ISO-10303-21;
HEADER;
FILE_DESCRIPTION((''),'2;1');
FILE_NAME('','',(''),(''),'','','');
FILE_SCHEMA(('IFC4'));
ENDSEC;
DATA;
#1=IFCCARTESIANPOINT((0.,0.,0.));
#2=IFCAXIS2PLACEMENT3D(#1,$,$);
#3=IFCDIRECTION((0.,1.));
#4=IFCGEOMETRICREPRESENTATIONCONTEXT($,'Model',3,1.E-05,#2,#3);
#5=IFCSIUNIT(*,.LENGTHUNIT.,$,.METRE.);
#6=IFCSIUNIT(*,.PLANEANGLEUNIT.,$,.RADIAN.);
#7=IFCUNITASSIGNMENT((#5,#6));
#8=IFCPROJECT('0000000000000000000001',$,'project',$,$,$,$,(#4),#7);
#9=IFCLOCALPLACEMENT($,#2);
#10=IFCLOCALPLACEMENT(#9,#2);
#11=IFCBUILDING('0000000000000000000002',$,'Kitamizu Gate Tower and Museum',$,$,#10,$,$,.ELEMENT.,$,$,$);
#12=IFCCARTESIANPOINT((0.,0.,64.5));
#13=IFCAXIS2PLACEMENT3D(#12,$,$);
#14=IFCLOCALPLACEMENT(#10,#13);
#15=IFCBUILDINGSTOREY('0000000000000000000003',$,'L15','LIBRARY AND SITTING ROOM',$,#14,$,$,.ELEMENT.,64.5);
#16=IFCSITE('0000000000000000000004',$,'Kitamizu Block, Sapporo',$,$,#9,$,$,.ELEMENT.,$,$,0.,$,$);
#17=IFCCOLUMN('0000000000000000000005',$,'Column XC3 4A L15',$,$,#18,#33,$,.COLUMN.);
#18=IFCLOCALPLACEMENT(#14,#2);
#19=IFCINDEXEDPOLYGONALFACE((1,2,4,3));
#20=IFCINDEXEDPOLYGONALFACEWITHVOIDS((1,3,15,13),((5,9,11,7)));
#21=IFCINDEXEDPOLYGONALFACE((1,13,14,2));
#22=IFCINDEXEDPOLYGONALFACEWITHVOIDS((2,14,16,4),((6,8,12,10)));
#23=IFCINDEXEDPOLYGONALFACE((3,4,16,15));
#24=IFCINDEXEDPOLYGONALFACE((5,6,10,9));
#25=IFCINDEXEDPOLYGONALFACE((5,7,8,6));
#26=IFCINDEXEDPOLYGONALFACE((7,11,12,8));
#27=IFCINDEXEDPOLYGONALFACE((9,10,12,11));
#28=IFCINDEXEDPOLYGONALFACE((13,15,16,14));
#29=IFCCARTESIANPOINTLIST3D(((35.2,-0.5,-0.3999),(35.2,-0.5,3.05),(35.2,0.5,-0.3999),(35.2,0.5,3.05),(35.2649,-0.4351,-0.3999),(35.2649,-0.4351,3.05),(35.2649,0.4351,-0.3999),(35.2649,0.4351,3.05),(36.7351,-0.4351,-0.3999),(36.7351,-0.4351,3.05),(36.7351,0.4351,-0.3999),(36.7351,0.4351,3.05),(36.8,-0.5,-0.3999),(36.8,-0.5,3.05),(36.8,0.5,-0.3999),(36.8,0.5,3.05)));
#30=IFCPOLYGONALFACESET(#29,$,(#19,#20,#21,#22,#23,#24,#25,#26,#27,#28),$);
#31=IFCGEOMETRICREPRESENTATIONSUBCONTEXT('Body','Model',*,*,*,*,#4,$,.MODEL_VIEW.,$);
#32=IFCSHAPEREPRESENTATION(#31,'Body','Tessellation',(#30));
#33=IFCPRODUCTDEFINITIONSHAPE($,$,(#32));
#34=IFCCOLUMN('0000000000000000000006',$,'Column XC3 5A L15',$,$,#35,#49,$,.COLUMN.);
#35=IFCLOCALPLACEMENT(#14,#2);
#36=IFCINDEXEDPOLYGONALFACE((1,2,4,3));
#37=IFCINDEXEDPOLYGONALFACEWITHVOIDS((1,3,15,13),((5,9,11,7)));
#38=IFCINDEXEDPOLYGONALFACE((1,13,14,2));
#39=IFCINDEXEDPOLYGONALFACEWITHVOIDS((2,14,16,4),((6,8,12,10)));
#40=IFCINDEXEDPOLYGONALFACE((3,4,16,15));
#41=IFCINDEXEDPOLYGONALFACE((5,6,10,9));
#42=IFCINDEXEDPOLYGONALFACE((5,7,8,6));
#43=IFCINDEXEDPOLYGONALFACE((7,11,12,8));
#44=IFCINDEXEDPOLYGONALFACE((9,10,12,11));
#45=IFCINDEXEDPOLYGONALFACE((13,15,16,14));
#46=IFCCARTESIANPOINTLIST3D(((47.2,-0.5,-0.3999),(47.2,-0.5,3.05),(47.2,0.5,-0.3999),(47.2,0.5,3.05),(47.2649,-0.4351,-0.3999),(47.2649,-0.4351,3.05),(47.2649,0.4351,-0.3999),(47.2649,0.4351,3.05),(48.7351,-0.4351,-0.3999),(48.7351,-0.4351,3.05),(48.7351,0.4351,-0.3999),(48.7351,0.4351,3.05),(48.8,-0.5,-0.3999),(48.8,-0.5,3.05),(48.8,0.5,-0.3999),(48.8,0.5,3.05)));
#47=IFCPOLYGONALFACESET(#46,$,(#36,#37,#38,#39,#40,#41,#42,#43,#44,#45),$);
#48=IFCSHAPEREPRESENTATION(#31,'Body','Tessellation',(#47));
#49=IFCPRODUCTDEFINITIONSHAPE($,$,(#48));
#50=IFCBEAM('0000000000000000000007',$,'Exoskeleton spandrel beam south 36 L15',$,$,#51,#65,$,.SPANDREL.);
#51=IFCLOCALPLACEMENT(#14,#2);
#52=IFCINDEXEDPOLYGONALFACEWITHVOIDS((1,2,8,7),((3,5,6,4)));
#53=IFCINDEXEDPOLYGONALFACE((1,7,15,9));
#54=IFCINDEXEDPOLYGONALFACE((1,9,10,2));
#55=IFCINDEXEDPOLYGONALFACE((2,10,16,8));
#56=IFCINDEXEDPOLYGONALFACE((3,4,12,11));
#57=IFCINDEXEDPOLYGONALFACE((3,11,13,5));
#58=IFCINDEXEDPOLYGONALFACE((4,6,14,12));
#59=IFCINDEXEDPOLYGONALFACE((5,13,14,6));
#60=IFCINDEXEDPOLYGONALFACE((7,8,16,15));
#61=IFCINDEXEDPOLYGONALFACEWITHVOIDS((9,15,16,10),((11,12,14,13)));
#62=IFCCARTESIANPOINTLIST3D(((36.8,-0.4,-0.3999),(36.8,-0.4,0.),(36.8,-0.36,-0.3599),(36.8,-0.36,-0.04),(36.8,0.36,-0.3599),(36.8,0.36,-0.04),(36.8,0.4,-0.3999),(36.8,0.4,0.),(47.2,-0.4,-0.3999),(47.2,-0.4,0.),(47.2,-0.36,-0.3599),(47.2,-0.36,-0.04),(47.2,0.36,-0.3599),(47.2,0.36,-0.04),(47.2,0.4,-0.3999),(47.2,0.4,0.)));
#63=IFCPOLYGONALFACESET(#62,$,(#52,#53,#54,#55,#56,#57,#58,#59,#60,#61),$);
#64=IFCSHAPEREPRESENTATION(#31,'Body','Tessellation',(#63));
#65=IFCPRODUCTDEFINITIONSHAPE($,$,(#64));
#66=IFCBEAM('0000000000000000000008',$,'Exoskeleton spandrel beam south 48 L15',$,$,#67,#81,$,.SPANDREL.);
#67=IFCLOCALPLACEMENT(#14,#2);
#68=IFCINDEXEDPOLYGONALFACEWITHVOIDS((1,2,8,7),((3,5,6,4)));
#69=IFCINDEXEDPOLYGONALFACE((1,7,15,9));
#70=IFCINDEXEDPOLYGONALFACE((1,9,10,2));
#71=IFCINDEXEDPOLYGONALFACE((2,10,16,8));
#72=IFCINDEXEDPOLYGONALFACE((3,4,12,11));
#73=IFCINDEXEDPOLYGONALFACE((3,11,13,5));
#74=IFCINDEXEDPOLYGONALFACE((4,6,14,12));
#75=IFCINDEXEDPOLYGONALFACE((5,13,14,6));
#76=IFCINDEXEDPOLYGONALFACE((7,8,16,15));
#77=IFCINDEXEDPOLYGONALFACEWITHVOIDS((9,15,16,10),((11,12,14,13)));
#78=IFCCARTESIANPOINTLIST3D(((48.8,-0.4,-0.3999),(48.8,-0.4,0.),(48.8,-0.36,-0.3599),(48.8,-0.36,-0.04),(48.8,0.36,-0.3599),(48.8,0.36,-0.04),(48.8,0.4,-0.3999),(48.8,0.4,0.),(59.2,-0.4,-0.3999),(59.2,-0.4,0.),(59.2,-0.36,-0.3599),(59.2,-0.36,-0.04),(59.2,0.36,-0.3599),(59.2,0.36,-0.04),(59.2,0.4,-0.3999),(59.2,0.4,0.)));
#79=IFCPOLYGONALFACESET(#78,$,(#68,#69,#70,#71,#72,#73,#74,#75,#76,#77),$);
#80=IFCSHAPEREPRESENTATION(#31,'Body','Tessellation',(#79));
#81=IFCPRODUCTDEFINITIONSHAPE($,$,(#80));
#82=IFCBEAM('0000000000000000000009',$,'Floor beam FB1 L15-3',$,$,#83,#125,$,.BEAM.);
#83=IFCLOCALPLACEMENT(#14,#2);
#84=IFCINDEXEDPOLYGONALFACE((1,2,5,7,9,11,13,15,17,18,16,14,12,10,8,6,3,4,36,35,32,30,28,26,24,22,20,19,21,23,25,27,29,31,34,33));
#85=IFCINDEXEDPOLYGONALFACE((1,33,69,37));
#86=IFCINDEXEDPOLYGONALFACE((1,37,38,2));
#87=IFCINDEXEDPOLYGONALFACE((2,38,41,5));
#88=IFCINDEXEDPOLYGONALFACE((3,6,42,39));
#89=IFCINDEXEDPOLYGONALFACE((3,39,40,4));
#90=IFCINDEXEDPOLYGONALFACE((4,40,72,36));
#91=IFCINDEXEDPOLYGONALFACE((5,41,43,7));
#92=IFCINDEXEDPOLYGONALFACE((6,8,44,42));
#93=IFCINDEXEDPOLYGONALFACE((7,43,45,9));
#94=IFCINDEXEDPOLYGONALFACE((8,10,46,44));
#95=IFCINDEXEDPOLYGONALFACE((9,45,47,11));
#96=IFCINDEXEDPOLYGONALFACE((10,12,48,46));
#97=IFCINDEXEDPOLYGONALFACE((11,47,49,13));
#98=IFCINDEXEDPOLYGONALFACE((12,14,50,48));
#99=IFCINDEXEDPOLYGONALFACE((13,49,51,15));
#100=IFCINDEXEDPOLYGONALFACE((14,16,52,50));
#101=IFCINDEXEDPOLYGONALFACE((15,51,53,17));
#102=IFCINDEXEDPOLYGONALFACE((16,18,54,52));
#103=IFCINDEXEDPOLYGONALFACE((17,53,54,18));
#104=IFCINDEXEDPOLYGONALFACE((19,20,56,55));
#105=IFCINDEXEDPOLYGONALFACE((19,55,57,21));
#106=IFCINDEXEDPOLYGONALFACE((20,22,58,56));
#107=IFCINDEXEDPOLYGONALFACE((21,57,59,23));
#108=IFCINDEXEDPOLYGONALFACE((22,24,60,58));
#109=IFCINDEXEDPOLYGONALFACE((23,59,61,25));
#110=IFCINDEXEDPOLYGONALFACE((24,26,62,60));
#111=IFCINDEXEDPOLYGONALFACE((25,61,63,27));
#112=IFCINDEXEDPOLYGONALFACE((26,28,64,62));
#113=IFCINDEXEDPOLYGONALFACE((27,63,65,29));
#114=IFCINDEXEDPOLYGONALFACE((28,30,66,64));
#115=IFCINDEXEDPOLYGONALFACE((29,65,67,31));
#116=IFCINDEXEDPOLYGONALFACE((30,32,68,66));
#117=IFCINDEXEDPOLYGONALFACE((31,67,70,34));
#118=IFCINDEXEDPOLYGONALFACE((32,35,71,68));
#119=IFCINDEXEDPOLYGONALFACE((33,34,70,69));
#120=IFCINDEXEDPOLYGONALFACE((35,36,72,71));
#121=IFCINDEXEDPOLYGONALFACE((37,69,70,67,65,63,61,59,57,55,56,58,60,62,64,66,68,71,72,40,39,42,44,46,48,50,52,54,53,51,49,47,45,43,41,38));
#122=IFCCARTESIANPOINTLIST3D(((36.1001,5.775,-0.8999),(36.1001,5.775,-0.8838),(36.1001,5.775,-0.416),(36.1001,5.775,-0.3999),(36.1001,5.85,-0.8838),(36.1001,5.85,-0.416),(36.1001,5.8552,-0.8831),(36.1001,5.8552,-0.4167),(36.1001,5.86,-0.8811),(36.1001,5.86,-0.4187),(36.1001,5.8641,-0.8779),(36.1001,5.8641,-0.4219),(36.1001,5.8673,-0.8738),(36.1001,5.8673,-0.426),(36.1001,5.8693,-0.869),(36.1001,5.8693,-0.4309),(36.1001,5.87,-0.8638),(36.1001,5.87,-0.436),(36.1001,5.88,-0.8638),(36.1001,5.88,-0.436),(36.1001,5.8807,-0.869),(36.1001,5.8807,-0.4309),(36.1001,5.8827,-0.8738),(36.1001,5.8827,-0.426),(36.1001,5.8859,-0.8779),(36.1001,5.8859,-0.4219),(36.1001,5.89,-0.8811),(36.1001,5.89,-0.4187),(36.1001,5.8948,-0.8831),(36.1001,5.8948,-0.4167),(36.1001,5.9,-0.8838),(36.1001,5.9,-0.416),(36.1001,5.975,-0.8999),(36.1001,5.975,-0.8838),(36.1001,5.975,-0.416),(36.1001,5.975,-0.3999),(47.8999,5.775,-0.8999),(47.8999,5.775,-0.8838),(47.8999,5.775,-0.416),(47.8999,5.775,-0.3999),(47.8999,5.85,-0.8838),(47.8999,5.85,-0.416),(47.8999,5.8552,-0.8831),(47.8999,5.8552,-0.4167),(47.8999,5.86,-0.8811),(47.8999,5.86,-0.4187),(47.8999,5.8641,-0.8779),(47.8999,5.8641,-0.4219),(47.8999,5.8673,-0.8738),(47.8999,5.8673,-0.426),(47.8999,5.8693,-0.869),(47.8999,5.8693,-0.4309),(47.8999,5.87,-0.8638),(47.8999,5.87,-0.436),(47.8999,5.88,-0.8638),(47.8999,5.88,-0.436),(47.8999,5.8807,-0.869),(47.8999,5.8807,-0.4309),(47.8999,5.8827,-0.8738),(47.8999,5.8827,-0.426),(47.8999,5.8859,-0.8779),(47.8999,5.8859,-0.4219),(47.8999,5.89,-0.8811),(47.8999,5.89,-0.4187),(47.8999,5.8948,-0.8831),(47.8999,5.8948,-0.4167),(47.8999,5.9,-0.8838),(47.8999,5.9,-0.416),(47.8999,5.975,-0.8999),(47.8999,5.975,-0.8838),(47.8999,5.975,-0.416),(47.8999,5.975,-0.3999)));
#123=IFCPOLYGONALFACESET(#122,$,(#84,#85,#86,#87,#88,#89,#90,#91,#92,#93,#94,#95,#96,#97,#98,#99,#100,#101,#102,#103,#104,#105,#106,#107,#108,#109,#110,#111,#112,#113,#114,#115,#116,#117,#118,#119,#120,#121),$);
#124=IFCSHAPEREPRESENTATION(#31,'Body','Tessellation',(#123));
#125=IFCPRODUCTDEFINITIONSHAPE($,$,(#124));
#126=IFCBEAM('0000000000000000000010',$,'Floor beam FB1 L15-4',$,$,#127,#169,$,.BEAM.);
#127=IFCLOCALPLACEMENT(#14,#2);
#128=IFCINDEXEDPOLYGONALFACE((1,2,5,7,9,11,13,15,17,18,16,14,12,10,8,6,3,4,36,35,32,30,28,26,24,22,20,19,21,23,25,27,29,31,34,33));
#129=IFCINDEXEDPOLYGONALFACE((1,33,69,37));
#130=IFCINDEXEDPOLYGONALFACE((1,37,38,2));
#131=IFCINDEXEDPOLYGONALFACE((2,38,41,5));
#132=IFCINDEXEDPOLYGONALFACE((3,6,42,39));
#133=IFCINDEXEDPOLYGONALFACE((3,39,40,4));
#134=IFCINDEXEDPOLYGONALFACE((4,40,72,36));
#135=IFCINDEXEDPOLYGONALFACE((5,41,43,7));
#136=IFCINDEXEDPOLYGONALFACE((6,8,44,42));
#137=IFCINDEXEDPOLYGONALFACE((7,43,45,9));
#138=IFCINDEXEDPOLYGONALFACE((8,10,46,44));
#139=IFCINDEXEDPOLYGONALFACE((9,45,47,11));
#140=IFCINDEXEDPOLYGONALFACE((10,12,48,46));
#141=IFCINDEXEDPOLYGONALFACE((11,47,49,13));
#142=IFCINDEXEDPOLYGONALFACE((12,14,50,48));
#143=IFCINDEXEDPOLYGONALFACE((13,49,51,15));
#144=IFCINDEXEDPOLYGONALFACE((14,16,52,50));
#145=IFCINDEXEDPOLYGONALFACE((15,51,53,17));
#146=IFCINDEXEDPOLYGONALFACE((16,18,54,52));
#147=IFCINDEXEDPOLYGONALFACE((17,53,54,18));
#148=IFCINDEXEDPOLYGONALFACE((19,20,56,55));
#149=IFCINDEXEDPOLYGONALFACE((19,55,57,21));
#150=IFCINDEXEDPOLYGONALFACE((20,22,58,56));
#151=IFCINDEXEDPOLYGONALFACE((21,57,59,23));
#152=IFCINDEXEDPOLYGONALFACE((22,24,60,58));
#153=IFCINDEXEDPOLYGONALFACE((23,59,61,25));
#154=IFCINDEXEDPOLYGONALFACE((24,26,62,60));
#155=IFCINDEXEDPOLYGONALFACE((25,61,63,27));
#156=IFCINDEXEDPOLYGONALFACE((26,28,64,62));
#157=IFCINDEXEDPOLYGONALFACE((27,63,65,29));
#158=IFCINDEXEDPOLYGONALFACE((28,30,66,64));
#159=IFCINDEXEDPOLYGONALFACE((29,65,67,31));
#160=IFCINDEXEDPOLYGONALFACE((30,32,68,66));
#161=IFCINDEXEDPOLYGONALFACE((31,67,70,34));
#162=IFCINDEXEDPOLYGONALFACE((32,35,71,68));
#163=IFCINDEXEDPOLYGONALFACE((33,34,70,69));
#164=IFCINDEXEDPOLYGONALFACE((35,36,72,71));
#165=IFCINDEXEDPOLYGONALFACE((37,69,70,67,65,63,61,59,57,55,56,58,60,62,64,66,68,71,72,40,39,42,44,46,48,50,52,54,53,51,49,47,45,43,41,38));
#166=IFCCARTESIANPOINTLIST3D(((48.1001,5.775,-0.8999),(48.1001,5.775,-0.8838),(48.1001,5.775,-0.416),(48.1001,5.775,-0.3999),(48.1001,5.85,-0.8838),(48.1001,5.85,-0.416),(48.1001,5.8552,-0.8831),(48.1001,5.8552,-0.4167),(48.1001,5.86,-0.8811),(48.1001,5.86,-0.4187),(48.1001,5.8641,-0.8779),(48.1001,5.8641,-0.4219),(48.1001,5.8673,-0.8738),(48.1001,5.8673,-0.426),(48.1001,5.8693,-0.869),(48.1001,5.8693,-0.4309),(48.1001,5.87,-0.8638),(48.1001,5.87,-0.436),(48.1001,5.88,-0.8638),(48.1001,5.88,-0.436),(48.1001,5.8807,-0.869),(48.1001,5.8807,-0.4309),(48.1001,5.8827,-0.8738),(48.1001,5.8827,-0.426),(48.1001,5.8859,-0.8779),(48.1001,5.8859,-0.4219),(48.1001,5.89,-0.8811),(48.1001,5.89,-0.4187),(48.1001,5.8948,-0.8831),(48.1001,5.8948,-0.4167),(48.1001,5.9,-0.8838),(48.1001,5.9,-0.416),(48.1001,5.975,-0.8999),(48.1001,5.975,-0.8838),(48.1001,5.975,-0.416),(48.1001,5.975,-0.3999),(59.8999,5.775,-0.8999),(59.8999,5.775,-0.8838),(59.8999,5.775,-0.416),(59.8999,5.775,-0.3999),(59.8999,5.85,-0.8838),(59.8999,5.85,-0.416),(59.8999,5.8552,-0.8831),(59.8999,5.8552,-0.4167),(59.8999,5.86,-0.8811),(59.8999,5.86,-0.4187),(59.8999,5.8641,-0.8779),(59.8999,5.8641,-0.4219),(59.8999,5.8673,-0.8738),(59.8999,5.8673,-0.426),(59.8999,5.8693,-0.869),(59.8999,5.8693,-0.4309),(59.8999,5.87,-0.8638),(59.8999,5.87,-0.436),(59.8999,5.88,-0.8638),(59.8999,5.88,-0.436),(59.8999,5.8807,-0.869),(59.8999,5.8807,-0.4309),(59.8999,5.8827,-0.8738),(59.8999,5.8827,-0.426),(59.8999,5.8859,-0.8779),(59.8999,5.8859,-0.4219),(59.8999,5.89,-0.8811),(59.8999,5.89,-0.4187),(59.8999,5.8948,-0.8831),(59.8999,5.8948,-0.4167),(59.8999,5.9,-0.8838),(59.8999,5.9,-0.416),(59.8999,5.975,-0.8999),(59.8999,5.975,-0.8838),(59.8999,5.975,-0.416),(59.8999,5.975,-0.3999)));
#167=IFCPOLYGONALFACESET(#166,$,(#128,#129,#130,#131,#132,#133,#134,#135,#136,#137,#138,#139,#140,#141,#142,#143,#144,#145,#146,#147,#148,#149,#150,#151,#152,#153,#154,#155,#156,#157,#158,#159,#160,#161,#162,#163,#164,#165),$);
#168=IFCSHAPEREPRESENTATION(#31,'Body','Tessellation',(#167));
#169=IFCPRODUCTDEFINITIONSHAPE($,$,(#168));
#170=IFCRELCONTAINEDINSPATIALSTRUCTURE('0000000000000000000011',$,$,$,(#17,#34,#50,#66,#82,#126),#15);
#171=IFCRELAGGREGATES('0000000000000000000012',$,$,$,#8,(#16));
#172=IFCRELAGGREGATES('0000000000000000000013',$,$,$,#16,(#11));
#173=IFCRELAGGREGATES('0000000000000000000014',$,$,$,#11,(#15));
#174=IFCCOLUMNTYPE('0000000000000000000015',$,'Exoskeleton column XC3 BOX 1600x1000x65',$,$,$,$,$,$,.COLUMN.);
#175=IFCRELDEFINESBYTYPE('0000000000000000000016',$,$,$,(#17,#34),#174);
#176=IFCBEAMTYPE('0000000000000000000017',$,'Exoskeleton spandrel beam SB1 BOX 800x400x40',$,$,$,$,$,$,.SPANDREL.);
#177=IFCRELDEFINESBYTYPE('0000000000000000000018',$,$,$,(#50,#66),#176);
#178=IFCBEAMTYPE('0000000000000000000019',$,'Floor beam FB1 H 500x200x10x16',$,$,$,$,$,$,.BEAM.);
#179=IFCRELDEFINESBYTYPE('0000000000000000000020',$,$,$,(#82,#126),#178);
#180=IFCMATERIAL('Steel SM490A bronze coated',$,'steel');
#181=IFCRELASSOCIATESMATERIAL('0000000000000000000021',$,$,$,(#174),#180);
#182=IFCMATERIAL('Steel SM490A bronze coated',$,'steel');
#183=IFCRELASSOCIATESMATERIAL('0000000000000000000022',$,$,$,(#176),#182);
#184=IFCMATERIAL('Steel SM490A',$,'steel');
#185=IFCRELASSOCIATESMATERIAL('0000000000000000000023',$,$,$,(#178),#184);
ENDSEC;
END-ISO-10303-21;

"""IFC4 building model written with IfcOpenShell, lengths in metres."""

from ifc_helpers import new_model, si_unit, direction, frame, origin, origin_2d, place, context, subcontext, project, spatial, hollow_rectangle, i_section, extrude, material, material_profile, profile_set, type_object, element, save


model = new_model("IFC4")

# Units and contexts
model_context = context("Model", 3, precision=1e-05, world=origin(), true_north=direction((0.0, 1.0)))
body_context = subcontext(model_context, "Body", "Model", "MODEL_VIEW")
ifc_project = project(units=[si_unit("LENGTHUNIT", "METRE"), si_unit("PLANEANGLEUNIT", "RADIAN")], contexts=[model_context])

# Site, building, storey
site_placement = place(None, origin())
site = spatial("IfcSite", under=ifc_project, at=site_placement, Name="Kitamizu Block, Sapporo", CompositionType="ELEMENT", RefElevation=0.0)
building_placement = place(site_placement, origin())
building = spatial("IfcBuilding", under=site, at=building_placement, Name="Kitamizu Gate Tower and Museum", CompositionType="ELEMENT")
storey_placement = place(building_placement, frame((0.0, 0.0, 64.5)))
storey = spatial("IfcBuildingStorey", under=building, at=storey_placement, Name="L15", Description="LIBRARY AND SITTING ROOM", CompositionType="ELEMENT", Elevation=64.5)

# Columns
ifc_material_1 = material(Name="Steel SM490A bronze coated", Category="steel")
ifc_material_profile_1 = material_profile(ifc_material_1, hollow_rectangle(XDim=1.6001, YDim=1.0, WallThickness=0.0649, at=origin_2d()), Name="BOX 1600x1000x65")
ifc_profile_set_1 = profile_set([ifc_material_profile_1], Name="Steel SM490A bronze coated")
column_type = type_object("IfcColumnType", Name="Exoskeleton column XC3 BOX 1600x1000x65", PredefinedType="COLUMN", material=ifc_profile_set_1)
for number, where, z_axis, x_axis, name in (
    (1, (36.0, 0.0, -0.3999), (0.0, 0.0, 1.0), (1.0, 0.0, 0.0), "Column XC3 4A L15"),
    (2, (48.0, 0.0, -0.3999), (0.0, 0.0, 1.0), (1.0, 0.0, 0.0), "Column XC3 5A L15"),
):
    element("IfcColumn", number, at=place(storey_placement, frame(where, z_axis=z_axis, x_axis=x_axis)), inside=storey, type_object=column_type, Name=name, PredefinedType="COLUMN", context=body_context, shape_type="SweptSolid", body=[
        extrude(hollow_rectangle(XDim=1.6001, YDim=1.0, WallThickness=0.0649, at=origin_2d()), origin(), (0.0, 0.0, 1.0), 3.45),
    ])

# Beams
ifc_material_2 = material(Name="Steel SM490A bronze coated", Category="steel")
ifc_material_profile_2 = material_profile(ifc_material_2, hollow_rectangle(XDim=0.8, YDim=0.3999, WallThickness=0.04, at=origin_2d()), Name="BOX 800x400x40")
ifc_profile_set_2 = profile_set([ifc_material_profile_2], Name="Steel SM490A bronze coated")
beam_type_1 = type_object("IfcBeamType", Name="Exoskeleton spandrel beam SB1 BOX 800x400x40", PredefinedType="SPANDREL", material=ifc_profile_set_2)
for number, where, z_axis, x_axis, name in (
    (3, (36.8, 0.0, -0.2), (1.0, 0.0, 0.0), (0.0, 1.0, 0.0), "Exoskeleton spandrel beam south 36 L15"),
    (4, (48.8, 0.0, -0.2), (1.0, 0.0, 0.0), (0.0, 1.0, 0.0), "Exoskeleton spandrel beam south 48 L15"),
):
    element("IfcBeam", number, at=place(storey_placement, frame(where, z_axis=z_axis, x_axis=x_axis)), inside=storey, type_object=beam_type_1, Name=name, PredefinedType="SPANDREL", context=body_context, shape_type="SweptSolid", body=[
        extrude(hollow_rectangle(XDim=0.8, YDim=0.3999, WallThickness=0.04, at=origin_2d()), origin(), (0.0, 0.0, 1.0), 10.3999),
    ])
ifc_material_3 = material(Name="Steel SM490A", Category="steel")
ifc_material_profile_3 = material_profile(ifc_material_3, i_section(OverallWidth=0.2, OverallDepth=0.5, WebThickness=0.01, FlangeThickness=0.0161, FilletRadius=0.02, at=origin_2d()), Name="H-500x200x10x16")
ifc_profile_set_3 = profile_set([ifc_material_profile_3], Name="Steel SM490A")
beam_type_2 = type_object("IfcBeamType", Name="Floor beam FB1 H 500x200x10x16", PredefinedType="BEAM", material=ifc_profile_set_3)
for number, where, z_axis, x_axis, name in (
    (5, (36.1001, 5.875, -0.6499), (1.0, 0.0, 0.0), (0.0, 1.0, 0.0), "Floor beam FB1 L15-3"),
    (6, (48.1001, 5.875, -0.6499), (1.0, 0.0, 0.0), (0.0, 1.0, 0.0), "Floor beam FB1 L15-4"),
):
    element("IfcBeam", number, at=place(storey_placement, frame(where, z_axis=z_axis, x_axis=x_axis)), inside=storey, type_object=beam_type_2, Name=name, PredefinedType="BEAM", context=body_context, shape_type="SweptSolid", body=[
        extrude(i_section(OverallWidth=0.2, OverallDepth=0.5, WebThickness=0.01, FlangeThickness=0.0161, FilletRadius=0.02, at=origin_2d()), origin(), (0.0, 0.0, 1.0), 11.7998),
    ])

save(model, "model.ifc")
